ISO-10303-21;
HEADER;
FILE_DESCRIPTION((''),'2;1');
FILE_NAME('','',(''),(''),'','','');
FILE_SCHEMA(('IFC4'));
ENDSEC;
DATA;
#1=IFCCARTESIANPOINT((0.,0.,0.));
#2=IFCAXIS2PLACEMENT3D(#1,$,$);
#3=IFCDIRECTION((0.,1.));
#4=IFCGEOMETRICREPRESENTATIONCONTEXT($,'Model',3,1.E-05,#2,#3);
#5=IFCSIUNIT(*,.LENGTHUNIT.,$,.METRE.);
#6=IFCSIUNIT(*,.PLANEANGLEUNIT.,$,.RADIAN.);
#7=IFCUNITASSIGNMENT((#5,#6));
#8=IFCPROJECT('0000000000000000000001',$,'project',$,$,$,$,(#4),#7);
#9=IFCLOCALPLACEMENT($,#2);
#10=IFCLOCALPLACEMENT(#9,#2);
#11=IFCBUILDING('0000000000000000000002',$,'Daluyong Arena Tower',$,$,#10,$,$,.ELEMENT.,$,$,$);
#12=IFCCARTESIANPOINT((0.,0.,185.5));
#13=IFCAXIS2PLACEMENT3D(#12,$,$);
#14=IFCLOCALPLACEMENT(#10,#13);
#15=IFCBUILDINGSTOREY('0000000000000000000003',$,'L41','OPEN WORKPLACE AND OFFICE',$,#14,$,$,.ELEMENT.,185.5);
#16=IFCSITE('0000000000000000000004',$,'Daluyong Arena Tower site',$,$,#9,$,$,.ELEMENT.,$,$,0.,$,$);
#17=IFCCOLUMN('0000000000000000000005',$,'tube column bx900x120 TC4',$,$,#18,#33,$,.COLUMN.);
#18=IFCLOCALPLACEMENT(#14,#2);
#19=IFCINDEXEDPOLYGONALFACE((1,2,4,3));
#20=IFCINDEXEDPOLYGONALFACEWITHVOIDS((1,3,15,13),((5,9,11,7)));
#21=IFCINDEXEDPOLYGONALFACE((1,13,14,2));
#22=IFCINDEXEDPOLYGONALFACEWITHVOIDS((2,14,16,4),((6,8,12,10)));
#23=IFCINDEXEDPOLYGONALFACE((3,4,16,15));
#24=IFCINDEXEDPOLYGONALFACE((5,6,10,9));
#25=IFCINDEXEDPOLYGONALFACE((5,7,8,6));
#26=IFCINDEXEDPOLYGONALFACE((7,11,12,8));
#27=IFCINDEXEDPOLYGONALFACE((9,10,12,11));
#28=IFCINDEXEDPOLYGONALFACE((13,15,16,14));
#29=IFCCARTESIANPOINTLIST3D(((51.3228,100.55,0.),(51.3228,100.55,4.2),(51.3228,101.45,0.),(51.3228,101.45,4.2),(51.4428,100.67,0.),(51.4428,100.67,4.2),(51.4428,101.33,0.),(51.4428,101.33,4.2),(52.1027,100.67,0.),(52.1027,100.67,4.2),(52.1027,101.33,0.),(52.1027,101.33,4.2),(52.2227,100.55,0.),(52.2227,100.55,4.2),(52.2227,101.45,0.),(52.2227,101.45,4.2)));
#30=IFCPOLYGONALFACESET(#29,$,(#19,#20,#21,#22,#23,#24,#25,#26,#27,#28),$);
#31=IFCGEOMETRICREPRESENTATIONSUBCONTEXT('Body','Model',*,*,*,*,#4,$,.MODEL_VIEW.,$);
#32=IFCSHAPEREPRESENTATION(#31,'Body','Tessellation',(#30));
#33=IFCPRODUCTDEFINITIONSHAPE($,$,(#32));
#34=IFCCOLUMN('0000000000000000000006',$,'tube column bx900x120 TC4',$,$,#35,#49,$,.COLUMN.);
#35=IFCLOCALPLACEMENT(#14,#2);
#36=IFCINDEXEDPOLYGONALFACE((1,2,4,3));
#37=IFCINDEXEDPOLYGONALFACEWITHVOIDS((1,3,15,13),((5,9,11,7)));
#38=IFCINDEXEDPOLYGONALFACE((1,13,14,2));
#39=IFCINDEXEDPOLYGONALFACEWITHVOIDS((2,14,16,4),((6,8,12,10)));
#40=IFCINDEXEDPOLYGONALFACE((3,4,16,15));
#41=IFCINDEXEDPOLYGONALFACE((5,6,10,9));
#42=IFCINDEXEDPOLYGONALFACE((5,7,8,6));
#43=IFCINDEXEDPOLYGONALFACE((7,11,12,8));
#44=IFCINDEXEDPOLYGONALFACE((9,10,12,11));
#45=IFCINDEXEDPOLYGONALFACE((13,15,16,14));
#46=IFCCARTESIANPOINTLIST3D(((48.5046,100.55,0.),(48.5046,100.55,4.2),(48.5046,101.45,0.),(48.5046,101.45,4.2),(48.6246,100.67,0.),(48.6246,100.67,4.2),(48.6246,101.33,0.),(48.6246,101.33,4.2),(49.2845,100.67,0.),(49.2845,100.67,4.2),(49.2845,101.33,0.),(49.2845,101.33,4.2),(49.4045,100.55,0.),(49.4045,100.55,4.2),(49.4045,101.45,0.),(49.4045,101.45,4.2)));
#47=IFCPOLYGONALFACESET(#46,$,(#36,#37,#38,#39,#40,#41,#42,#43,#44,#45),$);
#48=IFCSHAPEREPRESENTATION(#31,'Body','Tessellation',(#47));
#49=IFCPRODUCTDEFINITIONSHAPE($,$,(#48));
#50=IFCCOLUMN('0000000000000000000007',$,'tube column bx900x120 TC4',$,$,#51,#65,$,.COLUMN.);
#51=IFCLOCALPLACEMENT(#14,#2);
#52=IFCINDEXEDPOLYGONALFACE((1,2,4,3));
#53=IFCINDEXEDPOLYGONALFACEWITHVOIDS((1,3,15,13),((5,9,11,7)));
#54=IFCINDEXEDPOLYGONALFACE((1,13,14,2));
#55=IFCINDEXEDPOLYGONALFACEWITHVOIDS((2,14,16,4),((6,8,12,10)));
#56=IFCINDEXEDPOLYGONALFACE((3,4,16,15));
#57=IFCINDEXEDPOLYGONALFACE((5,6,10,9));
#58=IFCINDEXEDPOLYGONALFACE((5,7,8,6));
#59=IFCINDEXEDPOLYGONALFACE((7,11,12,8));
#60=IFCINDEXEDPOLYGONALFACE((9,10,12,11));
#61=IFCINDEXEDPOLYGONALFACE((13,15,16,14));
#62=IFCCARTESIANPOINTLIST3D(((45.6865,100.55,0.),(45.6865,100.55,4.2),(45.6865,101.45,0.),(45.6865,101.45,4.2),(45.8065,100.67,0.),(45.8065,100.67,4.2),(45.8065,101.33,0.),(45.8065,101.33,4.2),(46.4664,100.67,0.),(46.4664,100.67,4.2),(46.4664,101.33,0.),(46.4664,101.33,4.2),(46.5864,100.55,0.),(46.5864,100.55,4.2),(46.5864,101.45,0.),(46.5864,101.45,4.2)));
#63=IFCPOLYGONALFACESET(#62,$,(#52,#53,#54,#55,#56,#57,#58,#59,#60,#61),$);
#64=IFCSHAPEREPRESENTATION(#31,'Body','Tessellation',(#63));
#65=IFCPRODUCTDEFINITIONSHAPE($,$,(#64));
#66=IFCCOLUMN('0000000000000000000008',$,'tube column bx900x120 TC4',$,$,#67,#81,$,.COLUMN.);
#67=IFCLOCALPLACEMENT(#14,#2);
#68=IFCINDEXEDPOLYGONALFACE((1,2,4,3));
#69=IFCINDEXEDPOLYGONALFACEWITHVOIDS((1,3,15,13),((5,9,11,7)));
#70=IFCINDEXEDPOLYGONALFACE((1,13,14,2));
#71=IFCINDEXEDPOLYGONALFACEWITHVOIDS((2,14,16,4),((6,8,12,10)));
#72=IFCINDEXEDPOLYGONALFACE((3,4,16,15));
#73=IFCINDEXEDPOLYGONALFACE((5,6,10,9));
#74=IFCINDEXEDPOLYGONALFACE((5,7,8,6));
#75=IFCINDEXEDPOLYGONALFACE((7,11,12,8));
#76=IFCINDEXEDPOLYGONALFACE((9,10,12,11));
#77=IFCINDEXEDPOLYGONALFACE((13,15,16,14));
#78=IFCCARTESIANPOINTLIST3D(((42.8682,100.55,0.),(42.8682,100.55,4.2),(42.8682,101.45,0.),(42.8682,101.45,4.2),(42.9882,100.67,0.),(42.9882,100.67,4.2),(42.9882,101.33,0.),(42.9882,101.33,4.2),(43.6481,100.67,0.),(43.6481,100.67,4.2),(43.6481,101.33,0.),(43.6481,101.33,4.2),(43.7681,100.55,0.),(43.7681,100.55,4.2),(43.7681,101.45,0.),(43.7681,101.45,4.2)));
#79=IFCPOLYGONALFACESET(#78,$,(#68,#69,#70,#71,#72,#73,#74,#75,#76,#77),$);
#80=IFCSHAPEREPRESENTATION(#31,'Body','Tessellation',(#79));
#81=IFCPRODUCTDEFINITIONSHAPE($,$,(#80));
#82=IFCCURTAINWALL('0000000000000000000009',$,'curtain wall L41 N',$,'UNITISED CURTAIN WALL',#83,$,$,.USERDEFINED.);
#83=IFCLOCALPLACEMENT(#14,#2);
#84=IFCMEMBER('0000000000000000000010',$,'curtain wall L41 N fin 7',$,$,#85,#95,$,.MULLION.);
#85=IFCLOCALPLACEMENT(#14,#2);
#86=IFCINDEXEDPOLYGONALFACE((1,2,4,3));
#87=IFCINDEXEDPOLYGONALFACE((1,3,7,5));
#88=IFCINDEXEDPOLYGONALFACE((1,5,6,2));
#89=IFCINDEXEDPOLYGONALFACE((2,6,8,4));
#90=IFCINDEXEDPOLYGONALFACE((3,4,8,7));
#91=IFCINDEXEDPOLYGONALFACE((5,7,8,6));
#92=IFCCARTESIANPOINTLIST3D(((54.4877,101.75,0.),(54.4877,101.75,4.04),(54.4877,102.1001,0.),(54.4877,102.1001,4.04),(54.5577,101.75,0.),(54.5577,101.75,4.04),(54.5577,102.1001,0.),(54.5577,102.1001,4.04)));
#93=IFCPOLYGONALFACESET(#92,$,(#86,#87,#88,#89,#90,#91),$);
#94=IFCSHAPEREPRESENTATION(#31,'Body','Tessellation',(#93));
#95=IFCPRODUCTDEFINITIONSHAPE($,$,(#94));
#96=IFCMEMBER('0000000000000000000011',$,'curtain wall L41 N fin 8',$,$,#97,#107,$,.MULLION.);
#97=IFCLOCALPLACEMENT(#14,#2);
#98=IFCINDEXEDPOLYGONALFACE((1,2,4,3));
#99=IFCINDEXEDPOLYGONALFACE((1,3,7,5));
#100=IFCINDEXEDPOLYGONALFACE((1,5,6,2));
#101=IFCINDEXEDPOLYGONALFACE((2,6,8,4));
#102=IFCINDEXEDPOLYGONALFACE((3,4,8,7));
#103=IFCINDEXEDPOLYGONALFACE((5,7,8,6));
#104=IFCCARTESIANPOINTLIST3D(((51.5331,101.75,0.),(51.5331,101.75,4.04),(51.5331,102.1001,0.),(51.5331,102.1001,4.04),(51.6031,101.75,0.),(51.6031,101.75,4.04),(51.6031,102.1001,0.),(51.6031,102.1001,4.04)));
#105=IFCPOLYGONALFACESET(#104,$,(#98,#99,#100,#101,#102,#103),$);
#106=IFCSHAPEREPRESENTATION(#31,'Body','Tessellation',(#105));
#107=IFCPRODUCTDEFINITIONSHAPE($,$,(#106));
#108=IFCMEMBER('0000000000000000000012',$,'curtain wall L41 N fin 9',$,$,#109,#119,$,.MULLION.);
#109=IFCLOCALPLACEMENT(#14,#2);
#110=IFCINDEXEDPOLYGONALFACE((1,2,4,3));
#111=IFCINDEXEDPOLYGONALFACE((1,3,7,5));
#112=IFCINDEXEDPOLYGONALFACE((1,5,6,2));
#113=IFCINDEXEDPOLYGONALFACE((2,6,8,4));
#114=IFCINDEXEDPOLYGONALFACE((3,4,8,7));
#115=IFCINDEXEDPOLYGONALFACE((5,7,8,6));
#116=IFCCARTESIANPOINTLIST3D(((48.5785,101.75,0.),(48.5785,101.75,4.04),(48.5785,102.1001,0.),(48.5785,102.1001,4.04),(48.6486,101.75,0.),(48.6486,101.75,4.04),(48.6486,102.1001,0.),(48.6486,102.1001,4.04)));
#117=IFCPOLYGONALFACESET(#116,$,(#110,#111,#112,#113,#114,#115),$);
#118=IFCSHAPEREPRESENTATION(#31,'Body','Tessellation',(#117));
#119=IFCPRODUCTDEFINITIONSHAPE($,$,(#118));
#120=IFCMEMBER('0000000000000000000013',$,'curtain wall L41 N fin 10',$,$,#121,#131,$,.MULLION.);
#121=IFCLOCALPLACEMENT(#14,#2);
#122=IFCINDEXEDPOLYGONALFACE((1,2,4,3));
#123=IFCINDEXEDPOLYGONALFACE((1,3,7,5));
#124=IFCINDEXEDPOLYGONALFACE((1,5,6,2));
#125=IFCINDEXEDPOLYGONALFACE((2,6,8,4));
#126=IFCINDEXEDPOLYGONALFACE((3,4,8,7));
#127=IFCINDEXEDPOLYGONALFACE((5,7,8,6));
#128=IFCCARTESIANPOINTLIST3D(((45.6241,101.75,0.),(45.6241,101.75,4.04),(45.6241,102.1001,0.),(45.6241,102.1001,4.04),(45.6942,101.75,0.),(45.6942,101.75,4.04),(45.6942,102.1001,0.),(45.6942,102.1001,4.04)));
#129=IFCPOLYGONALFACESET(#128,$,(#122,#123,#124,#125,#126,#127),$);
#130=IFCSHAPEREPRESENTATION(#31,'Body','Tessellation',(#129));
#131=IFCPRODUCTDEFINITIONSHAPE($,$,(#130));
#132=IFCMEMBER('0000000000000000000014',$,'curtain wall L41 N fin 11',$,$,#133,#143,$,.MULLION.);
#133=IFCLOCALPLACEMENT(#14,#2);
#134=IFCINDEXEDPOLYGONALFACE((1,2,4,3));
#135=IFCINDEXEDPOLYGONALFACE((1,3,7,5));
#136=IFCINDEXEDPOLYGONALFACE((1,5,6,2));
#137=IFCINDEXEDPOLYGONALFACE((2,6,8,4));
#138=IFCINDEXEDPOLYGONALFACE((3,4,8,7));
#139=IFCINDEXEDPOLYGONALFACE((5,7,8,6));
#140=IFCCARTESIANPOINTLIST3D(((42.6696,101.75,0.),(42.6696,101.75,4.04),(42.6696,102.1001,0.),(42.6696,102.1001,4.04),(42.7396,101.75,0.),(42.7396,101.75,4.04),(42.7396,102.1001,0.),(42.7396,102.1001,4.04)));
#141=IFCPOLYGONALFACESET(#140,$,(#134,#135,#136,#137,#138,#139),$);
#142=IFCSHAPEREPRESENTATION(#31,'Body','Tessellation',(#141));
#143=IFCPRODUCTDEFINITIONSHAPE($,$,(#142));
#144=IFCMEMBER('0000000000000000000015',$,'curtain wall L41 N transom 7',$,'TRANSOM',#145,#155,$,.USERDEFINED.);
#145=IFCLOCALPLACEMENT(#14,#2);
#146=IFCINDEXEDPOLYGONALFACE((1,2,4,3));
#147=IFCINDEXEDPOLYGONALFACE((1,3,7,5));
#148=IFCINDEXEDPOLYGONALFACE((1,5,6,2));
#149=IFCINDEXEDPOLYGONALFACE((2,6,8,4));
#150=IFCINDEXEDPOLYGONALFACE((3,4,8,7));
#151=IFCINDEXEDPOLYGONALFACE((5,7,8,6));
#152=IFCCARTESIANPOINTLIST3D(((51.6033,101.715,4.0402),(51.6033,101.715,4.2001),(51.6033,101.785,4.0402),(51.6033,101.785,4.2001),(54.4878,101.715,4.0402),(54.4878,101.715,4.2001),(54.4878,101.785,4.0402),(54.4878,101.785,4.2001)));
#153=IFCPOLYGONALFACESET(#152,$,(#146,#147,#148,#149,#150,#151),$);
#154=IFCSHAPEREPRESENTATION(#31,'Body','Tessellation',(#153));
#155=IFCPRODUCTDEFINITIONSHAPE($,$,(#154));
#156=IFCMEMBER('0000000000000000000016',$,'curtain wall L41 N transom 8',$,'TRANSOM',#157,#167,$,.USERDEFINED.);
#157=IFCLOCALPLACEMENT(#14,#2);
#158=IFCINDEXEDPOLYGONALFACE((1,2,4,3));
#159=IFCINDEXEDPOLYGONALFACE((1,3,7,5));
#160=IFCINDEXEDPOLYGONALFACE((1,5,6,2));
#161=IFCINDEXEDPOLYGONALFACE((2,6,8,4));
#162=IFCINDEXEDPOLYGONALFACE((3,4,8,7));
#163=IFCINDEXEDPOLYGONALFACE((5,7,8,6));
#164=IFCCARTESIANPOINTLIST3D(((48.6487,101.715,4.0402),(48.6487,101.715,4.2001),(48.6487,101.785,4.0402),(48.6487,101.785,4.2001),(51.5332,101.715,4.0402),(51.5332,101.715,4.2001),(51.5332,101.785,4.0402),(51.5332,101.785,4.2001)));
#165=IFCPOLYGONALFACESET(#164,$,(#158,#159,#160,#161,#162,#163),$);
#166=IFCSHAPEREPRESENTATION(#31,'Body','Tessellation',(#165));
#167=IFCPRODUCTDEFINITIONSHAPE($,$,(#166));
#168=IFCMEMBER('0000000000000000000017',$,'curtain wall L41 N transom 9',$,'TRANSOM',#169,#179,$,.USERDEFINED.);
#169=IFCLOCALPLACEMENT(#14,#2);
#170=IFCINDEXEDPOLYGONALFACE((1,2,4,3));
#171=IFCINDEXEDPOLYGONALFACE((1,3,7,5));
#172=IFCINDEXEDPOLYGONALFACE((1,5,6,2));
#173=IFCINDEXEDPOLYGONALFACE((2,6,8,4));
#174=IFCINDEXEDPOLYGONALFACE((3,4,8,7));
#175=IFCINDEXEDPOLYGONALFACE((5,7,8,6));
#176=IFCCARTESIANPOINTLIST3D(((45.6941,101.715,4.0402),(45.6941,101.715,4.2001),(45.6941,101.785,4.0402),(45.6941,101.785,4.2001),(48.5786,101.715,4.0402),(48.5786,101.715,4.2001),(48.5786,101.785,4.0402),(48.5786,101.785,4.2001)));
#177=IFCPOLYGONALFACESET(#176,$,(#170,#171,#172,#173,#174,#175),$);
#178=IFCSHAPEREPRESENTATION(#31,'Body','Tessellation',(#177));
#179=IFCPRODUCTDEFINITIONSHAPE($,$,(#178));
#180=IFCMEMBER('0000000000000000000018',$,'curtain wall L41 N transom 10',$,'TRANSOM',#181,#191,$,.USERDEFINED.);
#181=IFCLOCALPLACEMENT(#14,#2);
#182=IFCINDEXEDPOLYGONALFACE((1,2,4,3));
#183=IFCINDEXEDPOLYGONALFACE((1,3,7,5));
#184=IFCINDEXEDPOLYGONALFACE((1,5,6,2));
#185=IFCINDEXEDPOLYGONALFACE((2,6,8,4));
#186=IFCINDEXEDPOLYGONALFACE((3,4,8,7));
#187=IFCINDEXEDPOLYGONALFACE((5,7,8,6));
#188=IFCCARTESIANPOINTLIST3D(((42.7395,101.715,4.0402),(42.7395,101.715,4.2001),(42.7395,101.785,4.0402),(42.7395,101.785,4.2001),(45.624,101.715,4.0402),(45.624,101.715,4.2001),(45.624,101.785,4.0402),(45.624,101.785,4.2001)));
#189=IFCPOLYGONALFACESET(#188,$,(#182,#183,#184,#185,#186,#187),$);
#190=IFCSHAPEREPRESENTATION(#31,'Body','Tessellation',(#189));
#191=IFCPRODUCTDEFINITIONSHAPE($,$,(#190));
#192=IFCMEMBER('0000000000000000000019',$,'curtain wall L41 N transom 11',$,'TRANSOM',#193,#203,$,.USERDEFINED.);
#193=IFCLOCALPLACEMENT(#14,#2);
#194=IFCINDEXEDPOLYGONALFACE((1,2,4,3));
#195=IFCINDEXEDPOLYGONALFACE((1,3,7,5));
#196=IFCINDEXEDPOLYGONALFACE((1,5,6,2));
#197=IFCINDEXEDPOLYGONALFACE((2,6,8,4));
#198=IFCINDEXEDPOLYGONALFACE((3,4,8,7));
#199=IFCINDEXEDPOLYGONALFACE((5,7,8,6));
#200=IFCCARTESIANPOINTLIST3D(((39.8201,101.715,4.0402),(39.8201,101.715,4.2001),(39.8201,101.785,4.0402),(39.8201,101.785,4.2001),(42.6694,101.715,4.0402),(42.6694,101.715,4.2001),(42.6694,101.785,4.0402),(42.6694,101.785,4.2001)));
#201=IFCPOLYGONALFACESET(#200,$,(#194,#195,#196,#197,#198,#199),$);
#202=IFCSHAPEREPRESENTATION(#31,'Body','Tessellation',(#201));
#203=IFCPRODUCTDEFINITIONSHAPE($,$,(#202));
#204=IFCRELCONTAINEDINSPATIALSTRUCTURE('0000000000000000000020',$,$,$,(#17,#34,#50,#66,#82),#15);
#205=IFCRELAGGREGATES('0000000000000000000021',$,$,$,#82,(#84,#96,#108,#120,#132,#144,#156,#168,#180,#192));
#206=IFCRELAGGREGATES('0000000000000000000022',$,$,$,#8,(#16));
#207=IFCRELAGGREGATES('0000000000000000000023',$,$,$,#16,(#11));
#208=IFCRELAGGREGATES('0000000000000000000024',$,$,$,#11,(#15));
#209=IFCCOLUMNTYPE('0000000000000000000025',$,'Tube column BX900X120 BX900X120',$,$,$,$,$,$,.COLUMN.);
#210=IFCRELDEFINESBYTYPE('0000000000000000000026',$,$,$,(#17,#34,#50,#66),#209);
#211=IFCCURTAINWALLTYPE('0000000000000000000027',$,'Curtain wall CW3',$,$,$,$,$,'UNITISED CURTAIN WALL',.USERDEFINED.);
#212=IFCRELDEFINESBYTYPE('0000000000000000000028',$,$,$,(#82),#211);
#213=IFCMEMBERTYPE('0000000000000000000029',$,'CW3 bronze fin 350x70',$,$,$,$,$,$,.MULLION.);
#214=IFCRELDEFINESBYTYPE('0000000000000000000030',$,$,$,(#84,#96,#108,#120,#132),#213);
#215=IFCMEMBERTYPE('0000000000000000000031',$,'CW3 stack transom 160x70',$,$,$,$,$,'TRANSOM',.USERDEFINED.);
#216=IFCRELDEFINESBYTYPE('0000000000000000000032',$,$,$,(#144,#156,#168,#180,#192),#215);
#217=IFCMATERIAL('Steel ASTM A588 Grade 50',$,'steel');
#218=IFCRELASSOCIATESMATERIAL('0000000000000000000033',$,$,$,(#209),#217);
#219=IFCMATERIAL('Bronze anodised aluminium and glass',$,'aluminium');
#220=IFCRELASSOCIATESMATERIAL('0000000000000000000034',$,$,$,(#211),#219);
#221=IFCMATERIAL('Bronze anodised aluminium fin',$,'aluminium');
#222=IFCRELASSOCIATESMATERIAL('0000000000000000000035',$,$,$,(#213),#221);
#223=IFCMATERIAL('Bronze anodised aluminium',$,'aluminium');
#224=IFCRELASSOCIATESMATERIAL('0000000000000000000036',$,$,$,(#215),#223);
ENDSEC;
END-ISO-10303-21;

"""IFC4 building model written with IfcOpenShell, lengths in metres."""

from ifc_helpers import new_model, si_unit, direction, frame, origin, origin_2d, place, context, subcontext, project, spatial, rectangle, hollow_rectangle, extrude, material, material_profile, profile_set, type_object, element, aggregate, save


model = new_model("IFC4")

# Units and contexts
model_context = context("Model", 3, precision=1e-05, world=origin(), true_north=direction((0.0, 1.0)))
body_context = subcontext(model_context, "Body", "Model", "MODEL_VIEW")
ifc_project = project(units=[si_unit("LENGTHUNIT", "METRE"), si_unit("PLANEANGLEUNIT", "RADIAN")], contexts=[model_context])

# Site, building, storey
site_placement = place(None, origin())
site = spatial("IfcSite", under=ifc_project, at=site_placement, Name="Daluyong Arena Tower site", CompositionType="ELEMENT", RefElevation=0.0)
building_placement = place(site_placement, origin())
building = spatial("IfcBuilding", under=site, at=building_placement, Name="Daluyong Arena Tower", CompositionType="ELEMENT")
storey_placement = place(building_placement, frame((0.0, 0.0, 185.5)))
storey = spatial("IfcBuildingStorey", under=building, at=storey_placement, Name="L41", Description="OPEN WORKPLACE AND OFFICE", CompositionType="ELEMENT", Elevation=185.5)

# Columns
ifc_material_1 = material(Name="Steel ASTM A588 Grade 50", Category="steel")
ifc_material_profile_1 = material_profile(ifc_material_1, hollow_rectangle(XDim=0.8999, YDim=0.8999, WallThickness=0.12, at=origin_2d()))
ifc_profile_set_1 = profile_set([ifc_material_profile_1], Name="Steel ASTM A588 Grade 50")
column_type = type_object("IfcColumnType", Name="Tube column BX900X120 BX900X120", PredefinedType="COLUMN", material=ifc_profile_set_1)
for number, where, z_axis, x_axis, name in (
    (1, (51.7727, 101.0, 0.0), (0.0, 0.0, 1.0), (1.0, 0.0, 0.0), "tube column bx900x120 TC4"),
    (2, (48.9546, 101.0, 0.0), (0.0, 0.0, 1.0), (1.0, 0.0, 0.0), "tube column bx900x120 TC4"),
    (3, (46.1365, 101.0, 0.0), (0.0, 0.0, 1.0), (1.0, 0.0, 0.0), "tube column bx900x120 TC4"),
    (4, (43.3181, 101.0, 0.0), (0.0, 0.0, 1.0), (1.0, 0.0, 0.0), "tube column bx900x120 TC4"),
):
    element("IfcColumn", number, at=place(storey_placement, frame(where, z_axis=z_axis, x_axis=x_axis)), inside=storey, type_object=column_type, Name=name, PredefinedType="COLUMN", context=body_context, shape_type="SweptSolid", body=[
        extrude(hollow_rectangle(XDim=0.8999, YDim=0.8999, WallThickness=0.12, at=origin_2d()), origin(), (0.0, 0.0, 1.0), 4.2),
    ])

# Curtain wall, members
ifc_material_2 = material(Name="Bronze anodised aluminium and glass", Category="aluminium")
curtain_wall_type = type_object("IfcCurtainWallType", Name="Curtain wall CW3", ElementType="UNITISED CURTAIN WALL", PredefinedType="USERDEFINED", material=ifc_material_2)
curtain_wall_placement = place(storey_placement, origin())
curtain_wall = element("IfcCurtainWall", 5, at=curtain_wall_placement, inside=storey, type_object=curtain_wall_type, Name="curtain wall L41 N", ObjectType="UNITISED CURTAIN WALL", PredefinedType="USERDEFINED")
ifc_material_3 = material(Name="Bronze anodised aluminium fin", Category="aluminium")
ifc_material_profile_2 = material_profile(ifc_material_3, rectangle(XDim=0.3501, YDim=0.0701, at=origin_2d()))
ifc_profile_set_2 = profile_set([ifc_material_profile_2], Name="Bronze anodised aluminium fin")
member_type_1 = type_object("IfcMemberType", Name="CW3 bronze fin 350x70", PredefinedType="MULLION", material=ifc_profile_set_2)
member_1_placement = place(storey_placement, frame((54.5227, 101.925, 0.0), z_axis=(0.0, 0.0, 1.0), x_axis=(0.0, -1.0, 0.0)))
member_1 = element("IfcMember", 6, at=member_1_placement, type_object=member_type_1, Name="curtain wall L41 N fin 7", PredefinedType="MULLION", context=body_context, shape_type="SweptSolid", body=[
    extrude(rectangle(XDim=0.3501, YDim=0.0701, at=origin_2d()), origin(), (0.0, 0.0, 1.0), 4.04),
])
member_2_placement = place(storey_placement, frame((51.5681, 101.925, 0.0), z_axis=(0.0, 0.0, 1.0), x_axis=(0.0, -1.0, 0.0)))
member_2 = element("IfcMember", 7, at=member_2_placement, type_object=member_type_1, Name="curtain wall L41 N fin 8", PredefinedType="MULLION", context=body_context, shape_type="SweptSolid", body=[
    extrude(rectangle(XDim=0.3501, YDim=0.0701, at=origin_2d()), origin(), (0.0, 0.0, 1.0), 4.04),
])
member_3_placement = place(storey_placement, frame((48.6135, 101.925, 0.0), z_axis=(0.0, 0.0, 1.0), x_axis=(0.0, -1.0, 0.0)))
member_3 = element("IfcMember", 8, at=member_3_placement, type_object=member_type_1, Name="curtain wall L41 N fin 9", PredefinedType="MULLION", context=body_context, shape_type="SweptSolid", body=[
    extrude(rectangle(XDim=0.3501, YDim=0.0701, at=origin_2d()), origin(), (0.0, 0.0, 1.0), 4.04),
])
member_4_placement = place(storey_placement, frame((45.6592, 101.925, 0.0), z_axis=(0.0, 0.0, 1.0), x_axis=(0.0, -1.0, 0.0)))
member_4 = element("IfcMember", 9, at=member_4_placement, type_object=member_type_1, Name="curtain wall L41 N fin 10", PredefinedType="MULLION", context=body_context, shape_type="SweptSolid", body=[
    extrude(rectangle(XDim=0.3501, YDim=0.0701, at=origin_2d()), origin(), (0.0, 0.0, 1.0), 4.04),
])
member_5_placement = place(storey_placement, frame((42.7046, 101.925, 0.0), z_axis=(0.0, 0.0, 1.0), x_axis=(0.0, -1.0, 0.0)))
member_5 = element("IfcMember", 10, at=member_5_placement, type_object=member_type_1, Name="curtain wall L41 N fin 11", PredefinedType="MULLION", context=body_context, shape_type="SweptSolid", body=[
    extrude(rectangle(XDim=0.3501, YDim=0.0701, at=origin_2d()), origin(), (0.0, 0.0, 1.0), 4.04),
])
ifc_material_4 = material(Name="Bronze anodised aluminium", Category="aluminium")
ifc_material_profile_3 = material_profile(ifc_material_4, rectangle(XDim=0.0701, YDim=0.1599, at=origin_2d()))
ifc_profile_set_3 = profile_set([ifc_material_profile_3], Name="Bronze anodised aluminium")
member_type_2 = type_object("IfcMemberType", Name="CW3 stack transom 160x70", ElementType="TRANSOM", PredefinedType="USERDEFINED", material=ifc_profile_set_3)
member_6_placement = place(storey_placement, frame((54.4878, 101.75, 4.1201), z_axis=(-1.0, 0.0, 0.0), x_axis=(0.0, -1.0, 0.0)))
member_6 = element("IfcMember", 11, at=member_6_placement, type_object=member_type_2, Name="curtain wall L41 N transom 7", ObjectType="TRANSOM", PredefinedType="USERDEFINED", context=body_context, shape_type="SweptSolid", body=[
    extrude(rectangle(XDim=0.0701, YDim=0.1599, at=origin_2d()), origin(), (0.0, 0.0, 1.0), 2.8845),
])
member_7_placement = place(storey_placement, frame((51.5332, 101.75, 4.1201), z_axis=(-1.0, 0.0, 0.0), x_axis=(0.0, -1.0, 0.0)))
member_7 = element("IfcMember", 12, at=member_7_placement, type_object=member_type_2, Name="curtain wall L41 N transom 8", ObjectType="TRANSOM", PredefinedType="USERDEFINED", context=body_context, shape_type="SweptSolid", body=[
    extrude(rectangle(XDim=0.0701, YDim=0.1599, at=origin_2d()), origin(), (0.0, 0.0, 1.0), 2.8845),
])
member_8_placement = place(storey_placement, frame((48.5786, 101.75, 4.1201), z_axis=(-1.0, 0.0, 0.0), x_axis=(0.0, -1.0, 0.0)))
member_8 = element("IfcMember", 13, at=member_8_placement, type_object=member_type_2, Name="curtain wall L41 N transom 9", ObjectType="TRANSOM", PredefinedType="USERDEFINED", context=body_context, shape_type="SweptSolid", body=[
    extrude(rectangle(XDim=0.0701, YDim=0.1599, at=origin_2d()), origin(), (0.0, 0.0, 1.0), 2.8845),
])
member_9_placement = place(storey_placement, frame((45.624, 101.75, 4.1201), z_axis=(-1.0, 0.0, 0.0), x_axis=(0.0, -1.0, 0.0)))
member_9 = element("IfcMember", 14, at=member_9_placement, type_object=member_type_2, Name="curtain wall L41 N transom 10", ObjectType="TRANSOM", PredefinedType="USERDEFINED", context=body_context, shape_type="SweptSolid", body=[
    extrude(rectangle(XDim=0.0701, YDim=0.1599, at=origin_2d()), origin(), (0.0, 0.0, 1.0), 2.8845),
])
member_10_placement = place(storey_placement, frame((42.6694, 101.75, 4.1201), z_axis=(-1.0, 0.0, 0.0), x_axis=(0.0, -1.0, 0.0)))
member_10 = element("IfcMember", 15, at=member_10_placement, type_object=member_type_2, Name="curtain wall L41 N transom 11", ObjectType="TRANSOM", PredefinedType="USERDEFINED", context=body_context, shape_type="SweptSolid", body=[
    extrude(rectangle(XDim=0.0701, YDim=0.1599, at=origin_2d()), origin(), (0.0, 0.0, 1.0), 2.8494),
])

aggregate(curtain_wall, [member_1, member_2, member_3, member_4, member_5, member_6, member_7, member_8, member_9, member_10])

save(model, "model.ifc")
